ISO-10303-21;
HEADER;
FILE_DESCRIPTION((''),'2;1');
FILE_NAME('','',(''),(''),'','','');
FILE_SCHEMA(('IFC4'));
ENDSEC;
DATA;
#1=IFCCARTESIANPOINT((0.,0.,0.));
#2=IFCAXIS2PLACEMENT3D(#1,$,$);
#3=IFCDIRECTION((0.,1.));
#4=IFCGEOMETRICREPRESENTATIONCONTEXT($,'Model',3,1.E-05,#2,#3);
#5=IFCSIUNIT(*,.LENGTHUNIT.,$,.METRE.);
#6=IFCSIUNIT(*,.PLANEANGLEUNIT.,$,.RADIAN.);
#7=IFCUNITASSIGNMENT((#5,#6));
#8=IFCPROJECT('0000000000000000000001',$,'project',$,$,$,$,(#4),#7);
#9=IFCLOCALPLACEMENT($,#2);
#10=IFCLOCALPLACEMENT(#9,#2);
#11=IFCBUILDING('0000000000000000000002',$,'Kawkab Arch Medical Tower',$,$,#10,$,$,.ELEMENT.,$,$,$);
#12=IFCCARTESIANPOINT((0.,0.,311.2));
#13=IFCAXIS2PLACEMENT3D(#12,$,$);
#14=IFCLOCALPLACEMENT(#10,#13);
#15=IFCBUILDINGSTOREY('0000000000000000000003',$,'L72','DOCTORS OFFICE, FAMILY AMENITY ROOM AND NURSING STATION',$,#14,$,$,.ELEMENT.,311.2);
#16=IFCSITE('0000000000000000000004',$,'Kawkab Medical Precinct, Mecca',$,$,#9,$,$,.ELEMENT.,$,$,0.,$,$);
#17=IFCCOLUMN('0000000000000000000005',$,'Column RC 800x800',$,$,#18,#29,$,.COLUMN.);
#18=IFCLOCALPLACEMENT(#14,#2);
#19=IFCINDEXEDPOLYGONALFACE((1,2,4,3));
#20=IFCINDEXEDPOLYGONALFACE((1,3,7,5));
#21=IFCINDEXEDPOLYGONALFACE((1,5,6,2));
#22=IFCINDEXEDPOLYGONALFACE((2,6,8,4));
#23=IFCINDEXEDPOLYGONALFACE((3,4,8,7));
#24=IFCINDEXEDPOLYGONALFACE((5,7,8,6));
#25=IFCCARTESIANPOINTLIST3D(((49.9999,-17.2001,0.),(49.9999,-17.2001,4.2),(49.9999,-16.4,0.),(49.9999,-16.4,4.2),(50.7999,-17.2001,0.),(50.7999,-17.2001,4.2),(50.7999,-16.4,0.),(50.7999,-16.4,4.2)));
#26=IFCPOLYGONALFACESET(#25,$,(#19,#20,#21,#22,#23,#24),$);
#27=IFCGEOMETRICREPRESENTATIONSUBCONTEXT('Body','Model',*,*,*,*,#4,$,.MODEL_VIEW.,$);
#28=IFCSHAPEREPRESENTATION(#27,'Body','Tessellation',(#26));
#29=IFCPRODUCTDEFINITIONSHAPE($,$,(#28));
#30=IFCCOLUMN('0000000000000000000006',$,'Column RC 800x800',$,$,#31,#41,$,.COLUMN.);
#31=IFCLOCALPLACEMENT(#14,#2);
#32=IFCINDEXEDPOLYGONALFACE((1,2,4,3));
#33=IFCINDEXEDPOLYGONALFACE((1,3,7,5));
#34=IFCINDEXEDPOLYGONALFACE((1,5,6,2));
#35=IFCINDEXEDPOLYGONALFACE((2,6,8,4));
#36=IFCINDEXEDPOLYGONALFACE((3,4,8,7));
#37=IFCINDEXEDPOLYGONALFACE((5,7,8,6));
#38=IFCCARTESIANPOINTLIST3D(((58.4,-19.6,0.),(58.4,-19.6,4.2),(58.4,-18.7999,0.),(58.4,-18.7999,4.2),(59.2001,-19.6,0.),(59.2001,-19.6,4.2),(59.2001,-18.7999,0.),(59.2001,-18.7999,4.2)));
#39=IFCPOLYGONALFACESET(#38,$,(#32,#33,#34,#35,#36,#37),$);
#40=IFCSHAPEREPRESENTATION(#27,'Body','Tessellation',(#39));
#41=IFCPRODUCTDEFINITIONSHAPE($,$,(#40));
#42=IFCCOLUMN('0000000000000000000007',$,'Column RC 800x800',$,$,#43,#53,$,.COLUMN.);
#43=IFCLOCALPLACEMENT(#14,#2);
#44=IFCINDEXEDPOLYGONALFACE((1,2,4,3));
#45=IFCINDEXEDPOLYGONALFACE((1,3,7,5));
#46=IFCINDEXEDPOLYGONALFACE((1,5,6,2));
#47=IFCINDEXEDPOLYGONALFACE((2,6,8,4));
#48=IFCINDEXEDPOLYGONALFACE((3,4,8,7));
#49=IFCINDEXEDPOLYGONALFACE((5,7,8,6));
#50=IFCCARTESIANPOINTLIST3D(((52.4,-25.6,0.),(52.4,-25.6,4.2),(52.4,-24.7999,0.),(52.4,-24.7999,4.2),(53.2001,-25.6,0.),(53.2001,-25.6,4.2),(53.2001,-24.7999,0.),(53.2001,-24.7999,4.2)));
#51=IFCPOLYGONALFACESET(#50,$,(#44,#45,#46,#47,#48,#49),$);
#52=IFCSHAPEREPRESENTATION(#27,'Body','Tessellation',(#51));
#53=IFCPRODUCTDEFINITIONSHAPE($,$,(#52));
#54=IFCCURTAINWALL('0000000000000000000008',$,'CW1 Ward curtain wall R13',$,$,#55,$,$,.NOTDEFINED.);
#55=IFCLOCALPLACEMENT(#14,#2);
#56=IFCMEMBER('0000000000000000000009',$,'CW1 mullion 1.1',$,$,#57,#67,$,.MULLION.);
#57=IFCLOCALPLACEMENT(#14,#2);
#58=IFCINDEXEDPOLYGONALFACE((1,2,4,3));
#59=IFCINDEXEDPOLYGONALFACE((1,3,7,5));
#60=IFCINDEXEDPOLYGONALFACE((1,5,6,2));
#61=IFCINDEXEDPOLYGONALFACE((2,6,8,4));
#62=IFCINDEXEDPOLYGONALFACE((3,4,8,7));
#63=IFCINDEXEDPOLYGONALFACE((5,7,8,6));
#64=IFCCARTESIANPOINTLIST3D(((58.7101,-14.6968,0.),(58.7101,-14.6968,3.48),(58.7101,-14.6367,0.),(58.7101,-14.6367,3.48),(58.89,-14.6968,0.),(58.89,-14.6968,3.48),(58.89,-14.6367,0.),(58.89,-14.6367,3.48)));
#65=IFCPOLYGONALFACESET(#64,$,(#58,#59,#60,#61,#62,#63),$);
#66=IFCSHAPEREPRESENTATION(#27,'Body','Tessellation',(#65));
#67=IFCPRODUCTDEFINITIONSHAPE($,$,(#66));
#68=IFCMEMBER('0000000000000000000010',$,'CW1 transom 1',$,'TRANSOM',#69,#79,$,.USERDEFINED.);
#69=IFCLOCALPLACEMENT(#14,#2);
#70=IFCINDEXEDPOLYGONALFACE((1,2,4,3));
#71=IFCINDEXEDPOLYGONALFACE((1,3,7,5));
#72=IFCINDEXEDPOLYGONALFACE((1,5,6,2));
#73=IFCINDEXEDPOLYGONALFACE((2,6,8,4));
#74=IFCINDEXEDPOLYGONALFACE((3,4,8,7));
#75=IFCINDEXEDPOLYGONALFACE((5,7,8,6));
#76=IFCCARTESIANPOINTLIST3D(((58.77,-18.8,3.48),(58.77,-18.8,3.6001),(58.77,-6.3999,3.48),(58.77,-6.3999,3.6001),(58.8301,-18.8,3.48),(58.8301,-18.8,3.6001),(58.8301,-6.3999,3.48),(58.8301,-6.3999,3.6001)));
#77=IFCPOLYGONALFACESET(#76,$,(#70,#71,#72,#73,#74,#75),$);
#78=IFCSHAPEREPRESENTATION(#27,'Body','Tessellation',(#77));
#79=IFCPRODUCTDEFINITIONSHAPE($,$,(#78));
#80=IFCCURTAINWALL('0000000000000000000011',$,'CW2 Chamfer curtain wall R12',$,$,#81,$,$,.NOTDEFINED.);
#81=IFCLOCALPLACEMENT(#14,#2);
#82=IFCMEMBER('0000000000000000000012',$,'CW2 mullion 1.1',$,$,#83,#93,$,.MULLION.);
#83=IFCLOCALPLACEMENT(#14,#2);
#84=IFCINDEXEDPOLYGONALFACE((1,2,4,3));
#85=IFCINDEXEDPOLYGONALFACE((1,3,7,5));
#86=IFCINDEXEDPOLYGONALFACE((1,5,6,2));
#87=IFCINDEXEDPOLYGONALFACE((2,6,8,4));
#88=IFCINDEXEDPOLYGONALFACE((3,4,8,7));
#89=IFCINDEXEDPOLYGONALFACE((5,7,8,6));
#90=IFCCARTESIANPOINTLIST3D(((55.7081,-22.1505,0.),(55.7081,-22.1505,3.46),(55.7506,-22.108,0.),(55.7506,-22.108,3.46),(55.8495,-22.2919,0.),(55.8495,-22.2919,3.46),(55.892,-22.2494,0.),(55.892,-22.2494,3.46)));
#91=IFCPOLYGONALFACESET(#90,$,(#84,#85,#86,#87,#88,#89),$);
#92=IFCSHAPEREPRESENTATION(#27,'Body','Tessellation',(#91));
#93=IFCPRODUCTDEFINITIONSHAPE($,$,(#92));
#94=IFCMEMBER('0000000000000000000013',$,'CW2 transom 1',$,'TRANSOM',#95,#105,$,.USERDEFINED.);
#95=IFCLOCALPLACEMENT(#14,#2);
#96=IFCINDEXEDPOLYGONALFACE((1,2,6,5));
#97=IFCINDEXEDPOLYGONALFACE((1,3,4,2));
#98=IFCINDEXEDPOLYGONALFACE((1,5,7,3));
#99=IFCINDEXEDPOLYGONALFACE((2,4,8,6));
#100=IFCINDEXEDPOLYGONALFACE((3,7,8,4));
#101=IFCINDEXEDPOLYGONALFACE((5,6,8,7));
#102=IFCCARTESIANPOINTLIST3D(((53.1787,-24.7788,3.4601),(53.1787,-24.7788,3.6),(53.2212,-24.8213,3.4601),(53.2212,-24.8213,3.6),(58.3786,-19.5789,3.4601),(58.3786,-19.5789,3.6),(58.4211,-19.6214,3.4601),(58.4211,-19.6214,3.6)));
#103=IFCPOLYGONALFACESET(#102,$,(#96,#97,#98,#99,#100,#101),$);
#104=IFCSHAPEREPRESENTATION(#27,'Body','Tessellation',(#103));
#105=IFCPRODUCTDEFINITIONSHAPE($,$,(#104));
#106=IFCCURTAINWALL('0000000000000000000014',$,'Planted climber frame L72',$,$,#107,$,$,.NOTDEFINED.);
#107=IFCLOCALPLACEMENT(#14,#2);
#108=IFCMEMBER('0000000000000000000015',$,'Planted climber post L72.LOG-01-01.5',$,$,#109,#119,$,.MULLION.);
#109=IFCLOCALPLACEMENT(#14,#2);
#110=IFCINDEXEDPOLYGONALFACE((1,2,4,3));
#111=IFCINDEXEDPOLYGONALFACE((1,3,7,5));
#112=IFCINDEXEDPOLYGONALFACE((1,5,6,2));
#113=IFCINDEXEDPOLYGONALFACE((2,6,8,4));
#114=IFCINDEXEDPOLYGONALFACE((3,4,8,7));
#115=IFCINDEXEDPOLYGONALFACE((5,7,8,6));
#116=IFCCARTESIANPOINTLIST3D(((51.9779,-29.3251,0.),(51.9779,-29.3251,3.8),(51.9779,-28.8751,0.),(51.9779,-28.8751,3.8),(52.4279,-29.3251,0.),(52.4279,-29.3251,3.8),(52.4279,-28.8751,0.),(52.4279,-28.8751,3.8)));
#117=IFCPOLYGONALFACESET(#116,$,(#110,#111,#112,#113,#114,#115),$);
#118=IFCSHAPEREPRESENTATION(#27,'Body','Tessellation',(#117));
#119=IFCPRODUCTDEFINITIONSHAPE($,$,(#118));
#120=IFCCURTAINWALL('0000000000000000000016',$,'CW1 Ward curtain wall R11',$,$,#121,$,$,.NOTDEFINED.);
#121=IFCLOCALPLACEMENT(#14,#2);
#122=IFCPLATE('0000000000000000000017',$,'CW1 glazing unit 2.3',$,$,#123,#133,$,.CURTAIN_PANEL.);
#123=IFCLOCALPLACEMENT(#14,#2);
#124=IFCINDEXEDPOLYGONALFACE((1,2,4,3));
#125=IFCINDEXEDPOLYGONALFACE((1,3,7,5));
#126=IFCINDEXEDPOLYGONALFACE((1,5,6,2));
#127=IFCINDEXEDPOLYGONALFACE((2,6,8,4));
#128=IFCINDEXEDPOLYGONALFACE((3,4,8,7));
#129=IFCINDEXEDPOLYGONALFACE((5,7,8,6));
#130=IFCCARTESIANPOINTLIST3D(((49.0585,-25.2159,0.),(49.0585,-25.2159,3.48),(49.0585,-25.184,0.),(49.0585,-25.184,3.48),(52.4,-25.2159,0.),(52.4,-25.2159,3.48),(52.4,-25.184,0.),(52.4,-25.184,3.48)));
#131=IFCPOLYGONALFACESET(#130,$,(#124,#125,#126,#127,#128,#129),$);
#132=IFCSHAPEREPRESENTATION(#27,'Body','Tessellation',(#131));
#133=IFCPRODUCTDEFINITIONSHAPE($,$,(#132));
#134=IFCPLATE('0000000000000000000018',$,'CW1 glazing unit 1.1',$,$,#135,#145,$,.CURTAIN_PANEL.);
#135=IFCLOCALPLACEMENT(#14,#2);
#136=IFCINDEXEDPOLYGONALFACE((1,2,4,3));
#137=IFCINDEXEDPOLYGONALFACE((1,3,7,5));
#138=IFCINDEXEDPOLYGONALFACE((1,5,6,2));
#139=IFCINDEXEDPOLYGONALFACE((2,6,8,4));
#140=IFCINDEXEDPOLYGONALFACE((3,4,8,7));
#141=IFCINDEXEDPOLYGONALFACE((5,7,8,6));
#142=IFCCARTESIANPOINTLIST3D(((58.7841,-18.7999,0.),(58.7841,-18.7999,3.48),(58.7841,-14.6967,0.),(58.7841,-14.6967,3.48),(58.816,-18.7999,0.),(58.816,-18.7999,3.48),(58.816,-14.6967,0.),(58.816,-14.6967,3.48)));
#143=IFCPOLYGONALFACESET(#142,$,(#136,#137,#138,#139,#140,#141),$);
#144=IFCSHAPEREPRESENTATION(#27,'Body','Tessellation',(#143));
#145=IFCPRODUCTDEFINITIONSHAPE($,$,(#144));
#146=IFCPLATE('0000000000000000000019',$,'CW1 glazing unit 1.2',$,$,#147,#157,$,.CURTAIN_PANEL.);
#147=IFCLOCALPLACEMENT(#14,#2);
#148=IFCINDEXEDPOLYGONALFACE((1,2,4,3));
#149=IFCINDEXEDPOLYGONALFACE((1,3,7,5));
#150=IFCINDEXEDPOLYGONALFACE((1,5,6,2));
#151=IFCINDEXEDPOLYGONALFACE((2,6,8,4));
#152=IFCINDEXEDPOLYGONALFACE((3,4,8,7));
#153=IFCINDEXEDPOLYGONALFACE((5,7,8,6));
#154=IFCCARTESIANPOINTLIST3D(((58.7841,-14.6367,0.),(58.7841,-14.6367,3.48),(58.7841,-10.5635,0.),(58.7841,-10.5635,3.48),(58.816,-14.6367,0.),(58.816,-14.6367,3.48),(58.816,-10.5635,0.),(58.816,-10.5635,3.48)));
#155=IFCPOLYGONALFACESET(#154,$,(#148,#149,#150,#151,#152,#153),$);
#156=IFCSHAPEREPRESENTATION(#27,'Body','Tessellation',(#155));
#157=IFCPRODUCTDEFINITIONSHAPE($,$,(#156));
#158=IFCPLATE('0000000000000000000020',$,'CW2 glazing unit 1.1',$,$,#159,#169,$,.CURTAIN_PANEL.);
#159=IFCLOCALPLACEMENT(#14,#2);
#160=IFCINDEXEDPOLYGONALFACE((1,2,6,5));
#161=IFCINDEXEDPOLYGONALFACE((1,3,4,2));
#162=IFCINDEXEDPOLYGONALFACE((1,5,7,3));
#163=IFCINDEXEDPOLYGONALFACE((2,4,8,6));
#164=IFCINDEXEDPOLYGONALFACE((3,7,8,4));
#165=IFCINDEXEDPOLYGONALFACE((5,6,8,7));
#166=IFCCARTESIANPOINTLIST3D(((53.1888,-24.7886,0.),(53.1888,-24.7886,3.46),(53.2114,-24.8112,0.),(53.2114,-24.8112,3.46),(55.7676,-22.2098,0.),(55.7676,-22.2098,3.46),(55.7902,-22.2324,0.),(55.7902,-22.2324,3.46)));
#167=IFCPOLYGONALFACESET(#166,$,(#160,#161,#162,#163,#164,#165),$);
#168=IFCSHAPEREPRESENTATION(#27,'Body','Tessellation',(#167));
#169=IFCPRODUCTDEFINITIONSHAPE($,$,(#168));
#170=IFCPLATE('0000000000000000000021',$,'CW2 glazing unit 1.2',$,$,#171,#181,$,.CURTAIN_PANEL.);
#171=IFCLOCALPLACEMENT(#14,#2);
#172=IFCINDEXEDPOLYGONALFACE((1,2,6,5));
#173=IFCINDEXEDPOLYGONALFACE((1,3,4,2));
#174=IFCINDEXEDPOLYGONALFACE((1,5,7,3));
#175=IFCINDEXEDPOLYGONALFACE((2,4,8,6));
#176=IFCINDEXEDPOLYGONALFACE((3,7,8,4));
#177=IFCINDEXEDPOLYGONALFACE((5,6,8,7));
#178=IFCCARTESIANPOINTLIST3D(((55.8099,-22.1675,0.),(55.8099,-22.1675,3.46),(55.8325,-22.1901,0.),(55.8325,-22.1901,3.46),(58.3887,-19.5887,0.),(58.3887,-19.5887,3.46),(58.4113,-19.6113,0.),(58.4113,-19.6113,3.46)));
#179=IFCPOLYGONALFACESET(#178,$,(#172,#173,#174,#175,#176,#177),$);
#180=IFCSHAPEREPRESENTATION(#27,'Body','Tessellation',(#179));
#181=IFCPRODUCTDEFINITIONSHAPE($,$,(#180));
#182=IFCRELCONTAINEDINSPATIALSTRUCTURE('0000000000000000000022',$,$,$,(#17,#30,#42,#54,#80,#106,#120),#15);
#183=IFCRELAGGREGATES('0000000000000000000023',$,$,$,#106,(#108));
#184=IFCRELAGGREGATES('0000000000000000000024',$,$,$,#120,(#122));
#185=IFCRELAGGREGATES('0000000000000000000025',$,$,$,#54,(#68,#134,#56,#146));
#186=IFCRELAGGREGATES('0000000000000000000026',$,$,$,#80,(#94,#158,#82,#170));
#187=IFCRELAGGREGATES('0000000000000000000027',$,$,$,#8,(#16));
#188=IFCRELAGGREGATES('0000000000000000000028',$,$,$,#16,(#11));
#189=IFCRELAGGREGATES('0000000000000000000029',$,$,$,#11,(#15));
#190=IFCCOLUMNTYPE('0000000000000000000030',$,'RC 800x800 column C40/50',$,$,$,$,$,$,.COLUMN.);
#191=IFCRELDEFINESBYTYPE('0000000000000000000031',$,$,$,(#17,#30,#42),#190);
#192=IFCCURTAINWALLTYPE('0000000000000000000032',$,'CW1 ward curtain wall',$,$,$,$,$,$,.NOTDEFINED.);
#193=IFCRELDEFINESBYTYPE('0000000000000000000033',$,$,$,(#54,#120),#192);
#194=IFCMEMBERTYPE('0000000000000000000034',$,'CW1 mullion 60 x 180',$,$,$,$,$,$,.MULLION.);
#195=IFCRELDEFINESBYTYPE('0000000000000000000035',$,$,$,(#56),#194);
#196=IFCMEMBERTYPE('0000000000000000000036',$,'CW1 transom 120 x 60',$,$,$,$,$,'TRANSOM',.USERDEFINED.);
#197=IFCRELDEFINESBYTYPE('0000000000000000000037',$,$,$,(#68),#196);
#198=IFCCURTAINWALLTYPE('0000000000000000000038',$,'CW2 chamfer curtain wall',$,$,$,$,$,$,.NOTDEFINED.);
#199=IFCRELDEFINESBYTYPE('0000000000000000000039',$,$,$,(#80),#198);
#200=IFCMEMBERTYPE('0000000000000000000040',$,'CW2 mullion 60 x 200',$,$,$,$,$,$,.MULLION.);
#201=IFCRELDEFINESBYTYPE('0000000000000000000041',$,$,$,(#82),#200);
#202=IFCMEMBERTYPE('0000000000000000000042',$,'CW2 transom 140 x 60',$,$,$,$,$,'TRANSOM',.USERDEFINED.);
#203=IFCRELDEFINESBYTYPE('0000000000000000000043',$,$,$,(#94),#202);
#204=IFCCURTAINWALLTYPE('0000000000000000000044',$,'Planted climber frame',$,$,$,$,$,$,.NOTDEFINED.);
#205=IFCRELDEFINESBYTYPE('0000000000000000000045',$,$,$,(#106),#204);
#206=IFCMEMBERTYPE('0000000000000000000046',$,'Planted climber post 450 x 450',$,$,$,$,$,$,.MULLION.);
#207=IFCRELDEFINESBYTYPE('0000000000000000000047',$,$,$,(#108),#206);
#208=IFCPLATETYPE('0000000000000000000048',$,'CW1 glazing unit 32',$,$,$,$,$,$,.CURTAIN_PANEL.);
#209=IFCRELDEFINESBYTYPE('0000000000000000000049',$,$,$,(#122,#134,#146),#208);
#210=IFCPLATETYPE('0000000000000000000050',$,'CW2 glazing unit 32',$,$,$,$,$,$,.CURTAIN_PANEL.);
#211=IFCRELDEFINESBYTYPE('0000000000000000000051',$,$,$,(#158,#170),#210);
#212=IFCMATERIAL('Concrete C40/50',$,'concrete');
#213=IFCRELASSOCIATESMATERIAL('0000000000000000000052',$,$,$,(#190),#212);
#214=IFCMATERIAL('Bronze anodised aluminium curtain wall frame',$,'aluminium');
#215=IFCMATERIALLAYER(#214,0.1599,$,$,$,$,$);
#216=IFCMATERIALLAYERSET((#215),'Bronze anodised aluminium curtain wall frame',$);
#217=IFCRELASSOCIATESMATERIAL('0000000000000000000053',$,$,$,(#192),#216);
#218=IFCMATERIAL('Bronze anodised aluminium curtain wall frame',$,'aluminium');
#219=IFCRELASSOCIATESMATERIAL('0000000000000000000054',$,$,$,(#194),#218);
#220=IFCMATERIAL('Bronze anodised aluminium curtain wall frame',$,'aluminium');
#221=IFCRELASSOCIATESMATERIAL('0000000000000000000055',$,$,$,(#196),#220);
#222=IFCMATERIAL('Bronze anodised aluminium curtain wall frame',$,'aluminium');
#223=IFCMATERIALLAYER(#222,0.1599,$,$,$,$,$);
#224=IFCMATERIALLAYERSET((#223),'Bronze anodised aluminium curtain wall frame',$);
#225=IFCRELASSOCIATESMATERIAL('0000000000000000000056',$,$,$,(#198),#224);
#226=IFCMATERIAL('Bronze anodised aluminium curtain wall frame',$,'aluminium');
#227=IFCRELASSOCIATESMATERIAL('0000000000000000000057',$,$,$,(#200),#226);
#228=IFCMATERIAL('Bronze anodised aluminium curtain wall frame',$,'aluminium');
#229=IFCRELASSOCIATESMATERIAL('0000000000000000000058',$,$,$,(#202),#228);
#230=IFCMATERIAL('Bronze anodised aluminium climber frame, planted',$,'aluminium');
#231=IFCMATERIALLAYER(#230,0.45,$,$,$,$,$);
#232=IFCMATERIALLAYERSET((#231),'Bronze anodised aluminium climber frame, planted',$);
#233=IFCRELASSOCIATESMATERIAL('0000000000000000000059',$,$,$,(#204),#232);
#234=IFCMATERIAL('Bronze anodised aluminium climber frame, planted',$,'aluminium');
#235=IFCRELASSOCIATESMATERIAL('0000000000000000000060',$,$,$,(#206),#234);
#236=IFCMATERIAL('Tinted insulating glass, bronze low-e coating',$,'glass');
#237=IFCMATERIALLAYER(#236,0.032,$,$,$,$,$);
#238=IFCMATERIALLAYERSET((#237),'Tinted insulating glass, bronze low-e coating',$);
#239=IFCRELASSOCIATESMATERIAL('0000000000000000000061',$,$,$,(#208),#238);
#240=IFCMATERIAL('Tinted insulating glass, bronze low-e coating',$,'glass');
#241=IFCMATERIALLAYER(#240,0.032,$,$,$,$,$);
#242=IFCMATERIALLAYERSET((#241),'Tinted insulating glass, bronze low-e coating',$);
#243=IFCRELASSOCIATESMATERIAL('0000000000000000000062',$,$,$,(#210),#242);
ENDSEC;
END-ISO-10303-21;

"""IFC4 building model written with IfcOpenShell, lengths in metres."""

from ifc_helpers import new_model, si_unit, direction, frame, origin, origin_2d, place, context, subcontext, project, spatial, rectangle, extrude, material, layer, layer_set, material_profile, profile_set, type_object, element, aggregate, save


model = new_model("IFC4")

# Units and contexts
model_context = context("Model", 3, precision=1e-05, world=origin(), true_north=direction((0.0, 1.0)))
body_context = subcontext(model_context, "Body", "Model", "MODEL_VIEW")
ifc_project = project(units=[si_unit("LENGTHUNIT", "METRE"), si_unit("PLANEANGLEUNIT", "RADIAN")], contexts=[model_context])

# Site, building, storey
site_placement = place(None, origin())
site = spatial("IfcSite", under=ifc_project, at=site_placement, Name="Kawkab Medical Precinct, Mecca", CompositionType="ELEMENT", RefElevation=0.0)
building_placement = place(site_placement, origin())
building = spatial("IfcBuilding", under=site, at=building_placement, Name="Kawkab Arch Medical Tower", CompositionType="ELEMENT")
storey_placement = place(building_placement, frame((0.0, 0.0, 311.2)))
storey = spatial("IfcBuildingStorey", under=building, at=storey_placement, Name="L72", Description="DOCTORS OFFICE, FAMILY AMENITY ROOM AND NURSING STATION", CompositionType="ELEMENT", Elevation=311.2)

# Columns
ifc_material_1 = material(Name="Concrete C40/50", Category="concrete")
ifc_material_profile_1 = material_profile(ifc_material_1, rectangle(XDim=0.8, YDim=0.8, at=origin_2d()), Name="RC 800x800")
ifc_profile_set_1 = profile_set([ifc_material_profile_1], Name="Concrete C40/50")
column_type = type_object("IfcColumnType", Name="RC 800x800 column C40/50", PredefinedType="COLUMN", material=ifc_profile_set_1)
for number, where, z_axis, x_axis, name in (
    (1, (50.3999, -16.8, 0.0), (0.0, 0.0, 1.0), (1.0, 0.0, 0.0), "Column RC 800x800"),
    (2, (58.8, -19.2, 0.0), (0.0, 0.0, 1.0), (1.0, 0.0, 0.0), "Column RC 800x800"),
    (3, (52.8, -25.2, 0.0), (0.0, 0.0, 1.0), (1.0, 0.0, 0.0), "Column RC 800x800"),
):
    element("IfcColumn", number, at=place(storey_placement, frame(where, z_axis=z_axis, x_axis=x_axis)), inside=storey, type_object=column_type, Name=name, PredefinedType="COLUMN", context=body_context, shape_type="SweptSolid", body=[
        extrude(rectangle(XDim=0.8, YDim=0.8, at=origin_2d()), origin(), (0.0, 0.0, 1.0), 4.2),
    ])

# Curtain walls, members
ifc_material_2 = material(Name="Bronze anodised aluminium curtain wall frame", Category="aluminium")
ifc_layer_1 = layer(ifc_material_2, 0.1599)
ifc_layer_set_1 = layer_set([ifc_layer_1], Name="Bronze anodised aluminium curtain wall frame")
curtain_wall_type_1 = type_object("IfcCurtainWallType", Name="CW1 ward curtain wall", PredefinedType="NOTDEFINED", material=ifc_layer_set_1)
placement = place(storey_placement, origin())
curtain_wall_1 = element("IfcCurtainWall", 4, at=placement, inside=storey, type_object=curtain_wall_type_1, Name="CW1 Ward curtain wall R13", PredefinedType="NOTDEFINED")
ifc_material_3 = material(Name="Bronze anodised aluminium curtain wall frame", Category="aluminium")
ifc_material_profile_2 = material_profile(ifc_material_3, rectangle(XDim=0.1799, YDim=0.0601, at=origin_2d()), Name="AL 60x180")
ifc_profile_set_2 = profile_set([ifc_material_profile_2], Name="Bronze anodised aluminium curtain wall frame")
member_type_1 = type_object("IfcMemberType", Name="CW1 mullion 60 x 180", PredefinedType="MULLION", material=ifc_profile_set_2)
member_1_placement = place(storey_placement, frame((58.8, -14.6667, 0.0), z_axis=(0.0, 0.0, 1.0), x_axis=(-1.0, 0.0, 0.0)))
member_1 = element("IfcMember", 5, at=member_1_placement, type_object=member_type_1, Name="CW1 mullion 1.1", PredefinedType="MULLION", context=body_context, shape_type="SweptSolid", body=[
    extrude(rectangle(XDim=0.1799, YDim=0.0601, at=origin_2d()), origin(), (0.0, 0.0, 1.0), 3.48),
])
ifc_material_4 = material(Name="Bronze anodised aluminium curtain wall frame", Category="aluminium")
ifc_material_profile_3 = material_profile(ifc_material_4, rectangle(XDim=0.0601, YDim=0.1201, at=origin_2d()), Name="AL 60x120")
ifc_profile_set_3 = profile_set([ifc_material_profile_3], Name="Bronze anodised aluminium curtain wall frame")
member_type_2 = type_object("IfcMemberType", Name="CW1 transom 120 x 60", ElementType="TRANSOM", PredefinedType="USERDEFINED", material=ifc_profile_set_3)
member_2_placement = place(storey_placement, frame((58.8, -18.8, 3.54), z_axis=(0.0, 1.0, 0.0), x_axis=(-1.0, 0.0, 0.0)))
member_2 = element("IfcMember", 6, at=member_2_placement, type_object=member_type_2, Name="CW1 transom 1", ObjectType="TRANSOM", PredefinedType="USERDEFINED", context=body_context, shape_type="SweptSolid", body=[
    extrude(rectangle(XDim=0.0601, YDim=0.1201, at=origin_2d()), origin(), (0.0, 0.0, 1.0), 12.4001),
])
ifc_material_5 = material(Name="Bronze anodised aluminium curtain wall frame", Category="aluminium")
ifc_layer_2 = layer(ifc_material_5, 0.1599)
ifc_layer_set_2 = layer_set([ifc_layer_2], Name="Bronze anodised aluminium curtain wall frame")
curtain_wall_type_2 = type_object("IfcCurtainWallType", Name="CW2 chamfer curtain wall", PredefinedType="NOTDEFINED", material=ifc_layer_set_2)
curtain_wall_2 = element("IfcCurtainWall", 7, at=placement, inside=storey, type_object=curtain_wall_type_2, Name="CW2 Chamfer curtain wall R12", PredefinedType="NOTDEFINED")
ifc_material_6 = material(Name="Bronze anodised aluminium curtain wall frame", Category="aluminium")
ifc_material_profile_4 = material_profile(ifc_material_6, rectangle(XDim=0.2, YDim=0.0601, at=origin_2d()), Name="AL 60x200")
ifc_profile_set_4 = profile_set([ifc_material_profile_4], Name="Bronze anodised aluminium curtain wall frame")
member_type_3 = type_object("IfcMemberType", Name="CW2 mullion 60 x 200", PredefinedType="MULLION", material=ifc_profile_set_4)
member_3_placement = place(storey_placement, frame((55.8, -22.2, 0.0), z_axis=(0.0, 0.0, 1.0), x_axis=(-0.707107, 0.707107, 0.0)))
member_3 = element("IfcMember", 8, at=member_3_placement, type_object=member_type_3, Name="CW2 mullion 1.1", PredefinedType="MULLION", context=body_context, shape_type="SweptSolid", body=[
    extrude(rectangle(XDim=0.2, YDim=0.0601, at=origin_2d()), origin(), (0.0, 0.0, 1.0), 3.46),
])
ifc_material_7 = material(Name="Bronze anodised aluminium curtain wall frame", Category="aluminium")
ifc_material_profile_5 = material_profile(ifc_material_7, rectangle(XDim=0.0601, YDim=0.1399, at=origin_2d()), Name="AL 60x140")
ifc_profile_set_5 = profile_set([ifc_material_profile_5], Name="Bronze anodised aluminium curtain wall frame")
member_type_4 = type_object("IfcMemberType", Name="CW2 transom 140 x 60", ElementType="TRANSOM", PredefinedType="USERDEFINED", material=ifc_profile_set_5)
member_4_placement = place(storey_placement, frame((53.2, -24.8, 3.53), z_axis=(0.707107, 0.707107, 0.0), x_axis=(-0.707107, 0.707107, 0.0)))
member_4 = element("IfcMember", 9, at=member_4_placement, type_object=member_type_4, Name="CW2 transom 1", ObjectType="TRANSOM", PredefinedType="USERDEFINED", context=body_context, shape_type="SweptSolid", body=[
    extrude(rectangle(XDim=0.0601, YDim=0.1399, at=origin_2d()), origin(), (0.0, 0.0, 1.0), 7.3538),
])

# Curtain wall, member
ifc_material_8 = material(Name="Bronze anodised aluminium climber frame, planted", Category="aluminium")
ifc_layer_3 = layer(ifc_material_8, 0.45)
ifc_layer_set_3 = layer_set([ifc_layer_3], Name="Bronze anodised aluminium climber frame, planted")
curtain_wall_type_3 = type_object("IfcCurtainWallType", Name="Planted climber frame", PredefinedType="NOTDEFINED", material=ifc_layer_set_3)
curtain_wall_3 = element("IfcCurtainWall", 10, at=placement, inside=storey, type_object=curtain_wall_type_3, Name="Planted climber frame L72", PredefinedType="NOTDEFINED")
ifc_material_9 = material(Name="Bronze anodised aluminium climber frame, planted", Category="aluminium")
ifc_material_profile_6 = material_profile(ifc_material_9, rectangle(XDim=0.45, YDim=0.45, at=origin_2d()), Name="Post 450x450")
ifc_profile_set_6 = profile_set([ifc_material_profile_6], Name="Bronze anodised aluminium climber frame, planted")
member_type_5 = type_object("IfcMemberType", Name="Planted climber post 450 x 450", PredefinedType="MULLION", material=ifc_profile_set_6)
member_5_placement = place(storey_placement, frame((52.2029, -29.1001, 0.0), z_axis=(0.0, 0.0, 1.0), x_axis=(1.0, 0.0, 0.0)))
member_5 = element("IfcMember", 11, at=member_5_placement, type_object=member_type_5, Name="Planted climber post L72.LOG-01-01.5", PredefinedType="MULLION", context=body_context, shape_type="SweptSolid", body=[
    extrude(rectangle(XDim=0.45, YDim=0.45, at=origin_2d()), origin(), (0.0, 0.0, 1.0), 3.8),
])
aggregate(curtain_wall_3, [member_5])

# Curtain wall, plate
curtain_wall_4 = element("IfcCurtainWall", 12, at=placement, inside=storey, type_object=curtain_wall_type_1, Name="CW1 Ward curtain wall R11", PredefinedType="NOTDEFINED")
ifc_material_10 = material(Name="Tinted insulating glass, bronze low-e coating", Category="glass")
ifc_layer_4 = layer(ifc_material_10, 0.032)
ifc_layer_set_4 = layer_set([ifc_layer_4], Name="Tinted insulating glass, bronze low-e coating")
plate_type_1 = type_object("IfcPlateType", Name="CW1 glazing unit 32", PredefinedType="CURTAIN_PANEL", material=ifc_layer_set_4)
plate_1_placement = place(storey_placement, frame((50.7292, -25.2, 0.0), z_axis=(0.0, 0.0, 1.0), x_axis=(1.0, 0.0, 0.0)))
plate_1 = element("IfcPlate", 13, at=plate_1_placement, type_object=plate_type_1, Name="CW1 glazing unit 2.3", PredefinedType="CURTAIN_PANEL", context=body_context, shape_type="SweptSolid", body=[
    extrude(rectangle(XDim=3.3416, YDim=0.032, at=origin_2d()), origin(), (0.0, 0.0, 1.0), 3.48),
])
aggregate(curtain_wall_4, [plate_1])

# Plates
plate_2_placement = place(storey_placement, frame((58.8, -16.7483, 0.0), z_axis=(0.0, 0.0, 1.0), x_axis=(0.0, 1.0, 0.0)))
plate_2 = element("IfcPlate", 14, at=plate_2_placement, type_object=plate_type_1, Name="CW1 glazing unit 1.1", PredefinedType="CURTAIN_PANEL", context=body_context, shape_type="SweptSolid", body=[
    extrude(rectangle(XDim=4.1033, YDim=0.032, at=origin_2d()), origin(), (0.0, 0.0, 1.0), 3.48),
])
plate_3_placement = place(storey_placement, frame((58.8, -12.6001, 0.0), z_axis=(0.0, 0.0, 1.0), x_axis=(0.0, 1.0, 0.0)))
plate_3 = element("IfcPlate", 15, at=plate_3_placement, type_object=plate_type_1, Name="CW1 glazing unit 1.2", PredefinedType="CURTAIN_PANEL", context=body_context, shape_type="SweptSolid", body=[
    extrude(rectangle(XDim=4.0732, YDim=0.032, at=origin_2d()), origin(), (0.0, 0.0, 1.0), 3.48),
])
aggregate(curtain_wall_1, [member_2, plate_2, member_1, plate_3])
ifc_material_11 = material(Name="Tinted insulating glass, bronze low-e coating", Category="glass")
ifc_layer_5 = layer(ifc_material_11, 0.032)
ifc_layer_set_5 = layer_set([ifc_layer_5], Name="Tinted insulating glass, bronze low-e coating")
plate_type_2 = type_object("IfcPlateType", Name="CW2 glazing unit 32", PredefinedType="CURTAIN_PANEL", material=ifc_layer_set_5)
plate_4_placement = place(storey_placement, frame((54.4895, -23.5105, 0.0), z_axis=(0.0, 0.0, 1.0), x_axis=(0.707107, 0.707107, 0.0)))
plate_4 = element("IfcPlate", 16, at=plate_4_placement, type_object=plate_type_2, Name="CW2 glazing unit 1.1", PredefinedType="CURTAIN_PANEL", context=body_context, shape_type="SweptSolid", body=[
    extrude(rectangle(XDim=3.647, YDim=0.032, at=origin_2d()), origin(), (0.0, 0.0, 1.0), 3.46),
])
plate_5_placement = place(storey_placement, frame((57.1106, -20.8894, 0.0), z_axis=(0.0, 0.0, 1.0), x_axis=(0.707107, 0.707107, 0.0)))
plate_5 = element("IfcPlate", 17, at=plate_5_placement, type_object=plate_type_2, Name="CW2 glazing unit 1.2", PredefinedType="CURTAIN_PANEL", context=body_context, shape_type="SweptSolid", body=[
    extrude(rectangle(XDim=3.647, YDim=0.032, at=origin_2d()), origin(), (0.0, 0.0, 1.0), 3.46),
])
aggregate(curtain_wall_2, [member_4, plate_4, member_3, plate_5])

save(model, "model.ifc")
